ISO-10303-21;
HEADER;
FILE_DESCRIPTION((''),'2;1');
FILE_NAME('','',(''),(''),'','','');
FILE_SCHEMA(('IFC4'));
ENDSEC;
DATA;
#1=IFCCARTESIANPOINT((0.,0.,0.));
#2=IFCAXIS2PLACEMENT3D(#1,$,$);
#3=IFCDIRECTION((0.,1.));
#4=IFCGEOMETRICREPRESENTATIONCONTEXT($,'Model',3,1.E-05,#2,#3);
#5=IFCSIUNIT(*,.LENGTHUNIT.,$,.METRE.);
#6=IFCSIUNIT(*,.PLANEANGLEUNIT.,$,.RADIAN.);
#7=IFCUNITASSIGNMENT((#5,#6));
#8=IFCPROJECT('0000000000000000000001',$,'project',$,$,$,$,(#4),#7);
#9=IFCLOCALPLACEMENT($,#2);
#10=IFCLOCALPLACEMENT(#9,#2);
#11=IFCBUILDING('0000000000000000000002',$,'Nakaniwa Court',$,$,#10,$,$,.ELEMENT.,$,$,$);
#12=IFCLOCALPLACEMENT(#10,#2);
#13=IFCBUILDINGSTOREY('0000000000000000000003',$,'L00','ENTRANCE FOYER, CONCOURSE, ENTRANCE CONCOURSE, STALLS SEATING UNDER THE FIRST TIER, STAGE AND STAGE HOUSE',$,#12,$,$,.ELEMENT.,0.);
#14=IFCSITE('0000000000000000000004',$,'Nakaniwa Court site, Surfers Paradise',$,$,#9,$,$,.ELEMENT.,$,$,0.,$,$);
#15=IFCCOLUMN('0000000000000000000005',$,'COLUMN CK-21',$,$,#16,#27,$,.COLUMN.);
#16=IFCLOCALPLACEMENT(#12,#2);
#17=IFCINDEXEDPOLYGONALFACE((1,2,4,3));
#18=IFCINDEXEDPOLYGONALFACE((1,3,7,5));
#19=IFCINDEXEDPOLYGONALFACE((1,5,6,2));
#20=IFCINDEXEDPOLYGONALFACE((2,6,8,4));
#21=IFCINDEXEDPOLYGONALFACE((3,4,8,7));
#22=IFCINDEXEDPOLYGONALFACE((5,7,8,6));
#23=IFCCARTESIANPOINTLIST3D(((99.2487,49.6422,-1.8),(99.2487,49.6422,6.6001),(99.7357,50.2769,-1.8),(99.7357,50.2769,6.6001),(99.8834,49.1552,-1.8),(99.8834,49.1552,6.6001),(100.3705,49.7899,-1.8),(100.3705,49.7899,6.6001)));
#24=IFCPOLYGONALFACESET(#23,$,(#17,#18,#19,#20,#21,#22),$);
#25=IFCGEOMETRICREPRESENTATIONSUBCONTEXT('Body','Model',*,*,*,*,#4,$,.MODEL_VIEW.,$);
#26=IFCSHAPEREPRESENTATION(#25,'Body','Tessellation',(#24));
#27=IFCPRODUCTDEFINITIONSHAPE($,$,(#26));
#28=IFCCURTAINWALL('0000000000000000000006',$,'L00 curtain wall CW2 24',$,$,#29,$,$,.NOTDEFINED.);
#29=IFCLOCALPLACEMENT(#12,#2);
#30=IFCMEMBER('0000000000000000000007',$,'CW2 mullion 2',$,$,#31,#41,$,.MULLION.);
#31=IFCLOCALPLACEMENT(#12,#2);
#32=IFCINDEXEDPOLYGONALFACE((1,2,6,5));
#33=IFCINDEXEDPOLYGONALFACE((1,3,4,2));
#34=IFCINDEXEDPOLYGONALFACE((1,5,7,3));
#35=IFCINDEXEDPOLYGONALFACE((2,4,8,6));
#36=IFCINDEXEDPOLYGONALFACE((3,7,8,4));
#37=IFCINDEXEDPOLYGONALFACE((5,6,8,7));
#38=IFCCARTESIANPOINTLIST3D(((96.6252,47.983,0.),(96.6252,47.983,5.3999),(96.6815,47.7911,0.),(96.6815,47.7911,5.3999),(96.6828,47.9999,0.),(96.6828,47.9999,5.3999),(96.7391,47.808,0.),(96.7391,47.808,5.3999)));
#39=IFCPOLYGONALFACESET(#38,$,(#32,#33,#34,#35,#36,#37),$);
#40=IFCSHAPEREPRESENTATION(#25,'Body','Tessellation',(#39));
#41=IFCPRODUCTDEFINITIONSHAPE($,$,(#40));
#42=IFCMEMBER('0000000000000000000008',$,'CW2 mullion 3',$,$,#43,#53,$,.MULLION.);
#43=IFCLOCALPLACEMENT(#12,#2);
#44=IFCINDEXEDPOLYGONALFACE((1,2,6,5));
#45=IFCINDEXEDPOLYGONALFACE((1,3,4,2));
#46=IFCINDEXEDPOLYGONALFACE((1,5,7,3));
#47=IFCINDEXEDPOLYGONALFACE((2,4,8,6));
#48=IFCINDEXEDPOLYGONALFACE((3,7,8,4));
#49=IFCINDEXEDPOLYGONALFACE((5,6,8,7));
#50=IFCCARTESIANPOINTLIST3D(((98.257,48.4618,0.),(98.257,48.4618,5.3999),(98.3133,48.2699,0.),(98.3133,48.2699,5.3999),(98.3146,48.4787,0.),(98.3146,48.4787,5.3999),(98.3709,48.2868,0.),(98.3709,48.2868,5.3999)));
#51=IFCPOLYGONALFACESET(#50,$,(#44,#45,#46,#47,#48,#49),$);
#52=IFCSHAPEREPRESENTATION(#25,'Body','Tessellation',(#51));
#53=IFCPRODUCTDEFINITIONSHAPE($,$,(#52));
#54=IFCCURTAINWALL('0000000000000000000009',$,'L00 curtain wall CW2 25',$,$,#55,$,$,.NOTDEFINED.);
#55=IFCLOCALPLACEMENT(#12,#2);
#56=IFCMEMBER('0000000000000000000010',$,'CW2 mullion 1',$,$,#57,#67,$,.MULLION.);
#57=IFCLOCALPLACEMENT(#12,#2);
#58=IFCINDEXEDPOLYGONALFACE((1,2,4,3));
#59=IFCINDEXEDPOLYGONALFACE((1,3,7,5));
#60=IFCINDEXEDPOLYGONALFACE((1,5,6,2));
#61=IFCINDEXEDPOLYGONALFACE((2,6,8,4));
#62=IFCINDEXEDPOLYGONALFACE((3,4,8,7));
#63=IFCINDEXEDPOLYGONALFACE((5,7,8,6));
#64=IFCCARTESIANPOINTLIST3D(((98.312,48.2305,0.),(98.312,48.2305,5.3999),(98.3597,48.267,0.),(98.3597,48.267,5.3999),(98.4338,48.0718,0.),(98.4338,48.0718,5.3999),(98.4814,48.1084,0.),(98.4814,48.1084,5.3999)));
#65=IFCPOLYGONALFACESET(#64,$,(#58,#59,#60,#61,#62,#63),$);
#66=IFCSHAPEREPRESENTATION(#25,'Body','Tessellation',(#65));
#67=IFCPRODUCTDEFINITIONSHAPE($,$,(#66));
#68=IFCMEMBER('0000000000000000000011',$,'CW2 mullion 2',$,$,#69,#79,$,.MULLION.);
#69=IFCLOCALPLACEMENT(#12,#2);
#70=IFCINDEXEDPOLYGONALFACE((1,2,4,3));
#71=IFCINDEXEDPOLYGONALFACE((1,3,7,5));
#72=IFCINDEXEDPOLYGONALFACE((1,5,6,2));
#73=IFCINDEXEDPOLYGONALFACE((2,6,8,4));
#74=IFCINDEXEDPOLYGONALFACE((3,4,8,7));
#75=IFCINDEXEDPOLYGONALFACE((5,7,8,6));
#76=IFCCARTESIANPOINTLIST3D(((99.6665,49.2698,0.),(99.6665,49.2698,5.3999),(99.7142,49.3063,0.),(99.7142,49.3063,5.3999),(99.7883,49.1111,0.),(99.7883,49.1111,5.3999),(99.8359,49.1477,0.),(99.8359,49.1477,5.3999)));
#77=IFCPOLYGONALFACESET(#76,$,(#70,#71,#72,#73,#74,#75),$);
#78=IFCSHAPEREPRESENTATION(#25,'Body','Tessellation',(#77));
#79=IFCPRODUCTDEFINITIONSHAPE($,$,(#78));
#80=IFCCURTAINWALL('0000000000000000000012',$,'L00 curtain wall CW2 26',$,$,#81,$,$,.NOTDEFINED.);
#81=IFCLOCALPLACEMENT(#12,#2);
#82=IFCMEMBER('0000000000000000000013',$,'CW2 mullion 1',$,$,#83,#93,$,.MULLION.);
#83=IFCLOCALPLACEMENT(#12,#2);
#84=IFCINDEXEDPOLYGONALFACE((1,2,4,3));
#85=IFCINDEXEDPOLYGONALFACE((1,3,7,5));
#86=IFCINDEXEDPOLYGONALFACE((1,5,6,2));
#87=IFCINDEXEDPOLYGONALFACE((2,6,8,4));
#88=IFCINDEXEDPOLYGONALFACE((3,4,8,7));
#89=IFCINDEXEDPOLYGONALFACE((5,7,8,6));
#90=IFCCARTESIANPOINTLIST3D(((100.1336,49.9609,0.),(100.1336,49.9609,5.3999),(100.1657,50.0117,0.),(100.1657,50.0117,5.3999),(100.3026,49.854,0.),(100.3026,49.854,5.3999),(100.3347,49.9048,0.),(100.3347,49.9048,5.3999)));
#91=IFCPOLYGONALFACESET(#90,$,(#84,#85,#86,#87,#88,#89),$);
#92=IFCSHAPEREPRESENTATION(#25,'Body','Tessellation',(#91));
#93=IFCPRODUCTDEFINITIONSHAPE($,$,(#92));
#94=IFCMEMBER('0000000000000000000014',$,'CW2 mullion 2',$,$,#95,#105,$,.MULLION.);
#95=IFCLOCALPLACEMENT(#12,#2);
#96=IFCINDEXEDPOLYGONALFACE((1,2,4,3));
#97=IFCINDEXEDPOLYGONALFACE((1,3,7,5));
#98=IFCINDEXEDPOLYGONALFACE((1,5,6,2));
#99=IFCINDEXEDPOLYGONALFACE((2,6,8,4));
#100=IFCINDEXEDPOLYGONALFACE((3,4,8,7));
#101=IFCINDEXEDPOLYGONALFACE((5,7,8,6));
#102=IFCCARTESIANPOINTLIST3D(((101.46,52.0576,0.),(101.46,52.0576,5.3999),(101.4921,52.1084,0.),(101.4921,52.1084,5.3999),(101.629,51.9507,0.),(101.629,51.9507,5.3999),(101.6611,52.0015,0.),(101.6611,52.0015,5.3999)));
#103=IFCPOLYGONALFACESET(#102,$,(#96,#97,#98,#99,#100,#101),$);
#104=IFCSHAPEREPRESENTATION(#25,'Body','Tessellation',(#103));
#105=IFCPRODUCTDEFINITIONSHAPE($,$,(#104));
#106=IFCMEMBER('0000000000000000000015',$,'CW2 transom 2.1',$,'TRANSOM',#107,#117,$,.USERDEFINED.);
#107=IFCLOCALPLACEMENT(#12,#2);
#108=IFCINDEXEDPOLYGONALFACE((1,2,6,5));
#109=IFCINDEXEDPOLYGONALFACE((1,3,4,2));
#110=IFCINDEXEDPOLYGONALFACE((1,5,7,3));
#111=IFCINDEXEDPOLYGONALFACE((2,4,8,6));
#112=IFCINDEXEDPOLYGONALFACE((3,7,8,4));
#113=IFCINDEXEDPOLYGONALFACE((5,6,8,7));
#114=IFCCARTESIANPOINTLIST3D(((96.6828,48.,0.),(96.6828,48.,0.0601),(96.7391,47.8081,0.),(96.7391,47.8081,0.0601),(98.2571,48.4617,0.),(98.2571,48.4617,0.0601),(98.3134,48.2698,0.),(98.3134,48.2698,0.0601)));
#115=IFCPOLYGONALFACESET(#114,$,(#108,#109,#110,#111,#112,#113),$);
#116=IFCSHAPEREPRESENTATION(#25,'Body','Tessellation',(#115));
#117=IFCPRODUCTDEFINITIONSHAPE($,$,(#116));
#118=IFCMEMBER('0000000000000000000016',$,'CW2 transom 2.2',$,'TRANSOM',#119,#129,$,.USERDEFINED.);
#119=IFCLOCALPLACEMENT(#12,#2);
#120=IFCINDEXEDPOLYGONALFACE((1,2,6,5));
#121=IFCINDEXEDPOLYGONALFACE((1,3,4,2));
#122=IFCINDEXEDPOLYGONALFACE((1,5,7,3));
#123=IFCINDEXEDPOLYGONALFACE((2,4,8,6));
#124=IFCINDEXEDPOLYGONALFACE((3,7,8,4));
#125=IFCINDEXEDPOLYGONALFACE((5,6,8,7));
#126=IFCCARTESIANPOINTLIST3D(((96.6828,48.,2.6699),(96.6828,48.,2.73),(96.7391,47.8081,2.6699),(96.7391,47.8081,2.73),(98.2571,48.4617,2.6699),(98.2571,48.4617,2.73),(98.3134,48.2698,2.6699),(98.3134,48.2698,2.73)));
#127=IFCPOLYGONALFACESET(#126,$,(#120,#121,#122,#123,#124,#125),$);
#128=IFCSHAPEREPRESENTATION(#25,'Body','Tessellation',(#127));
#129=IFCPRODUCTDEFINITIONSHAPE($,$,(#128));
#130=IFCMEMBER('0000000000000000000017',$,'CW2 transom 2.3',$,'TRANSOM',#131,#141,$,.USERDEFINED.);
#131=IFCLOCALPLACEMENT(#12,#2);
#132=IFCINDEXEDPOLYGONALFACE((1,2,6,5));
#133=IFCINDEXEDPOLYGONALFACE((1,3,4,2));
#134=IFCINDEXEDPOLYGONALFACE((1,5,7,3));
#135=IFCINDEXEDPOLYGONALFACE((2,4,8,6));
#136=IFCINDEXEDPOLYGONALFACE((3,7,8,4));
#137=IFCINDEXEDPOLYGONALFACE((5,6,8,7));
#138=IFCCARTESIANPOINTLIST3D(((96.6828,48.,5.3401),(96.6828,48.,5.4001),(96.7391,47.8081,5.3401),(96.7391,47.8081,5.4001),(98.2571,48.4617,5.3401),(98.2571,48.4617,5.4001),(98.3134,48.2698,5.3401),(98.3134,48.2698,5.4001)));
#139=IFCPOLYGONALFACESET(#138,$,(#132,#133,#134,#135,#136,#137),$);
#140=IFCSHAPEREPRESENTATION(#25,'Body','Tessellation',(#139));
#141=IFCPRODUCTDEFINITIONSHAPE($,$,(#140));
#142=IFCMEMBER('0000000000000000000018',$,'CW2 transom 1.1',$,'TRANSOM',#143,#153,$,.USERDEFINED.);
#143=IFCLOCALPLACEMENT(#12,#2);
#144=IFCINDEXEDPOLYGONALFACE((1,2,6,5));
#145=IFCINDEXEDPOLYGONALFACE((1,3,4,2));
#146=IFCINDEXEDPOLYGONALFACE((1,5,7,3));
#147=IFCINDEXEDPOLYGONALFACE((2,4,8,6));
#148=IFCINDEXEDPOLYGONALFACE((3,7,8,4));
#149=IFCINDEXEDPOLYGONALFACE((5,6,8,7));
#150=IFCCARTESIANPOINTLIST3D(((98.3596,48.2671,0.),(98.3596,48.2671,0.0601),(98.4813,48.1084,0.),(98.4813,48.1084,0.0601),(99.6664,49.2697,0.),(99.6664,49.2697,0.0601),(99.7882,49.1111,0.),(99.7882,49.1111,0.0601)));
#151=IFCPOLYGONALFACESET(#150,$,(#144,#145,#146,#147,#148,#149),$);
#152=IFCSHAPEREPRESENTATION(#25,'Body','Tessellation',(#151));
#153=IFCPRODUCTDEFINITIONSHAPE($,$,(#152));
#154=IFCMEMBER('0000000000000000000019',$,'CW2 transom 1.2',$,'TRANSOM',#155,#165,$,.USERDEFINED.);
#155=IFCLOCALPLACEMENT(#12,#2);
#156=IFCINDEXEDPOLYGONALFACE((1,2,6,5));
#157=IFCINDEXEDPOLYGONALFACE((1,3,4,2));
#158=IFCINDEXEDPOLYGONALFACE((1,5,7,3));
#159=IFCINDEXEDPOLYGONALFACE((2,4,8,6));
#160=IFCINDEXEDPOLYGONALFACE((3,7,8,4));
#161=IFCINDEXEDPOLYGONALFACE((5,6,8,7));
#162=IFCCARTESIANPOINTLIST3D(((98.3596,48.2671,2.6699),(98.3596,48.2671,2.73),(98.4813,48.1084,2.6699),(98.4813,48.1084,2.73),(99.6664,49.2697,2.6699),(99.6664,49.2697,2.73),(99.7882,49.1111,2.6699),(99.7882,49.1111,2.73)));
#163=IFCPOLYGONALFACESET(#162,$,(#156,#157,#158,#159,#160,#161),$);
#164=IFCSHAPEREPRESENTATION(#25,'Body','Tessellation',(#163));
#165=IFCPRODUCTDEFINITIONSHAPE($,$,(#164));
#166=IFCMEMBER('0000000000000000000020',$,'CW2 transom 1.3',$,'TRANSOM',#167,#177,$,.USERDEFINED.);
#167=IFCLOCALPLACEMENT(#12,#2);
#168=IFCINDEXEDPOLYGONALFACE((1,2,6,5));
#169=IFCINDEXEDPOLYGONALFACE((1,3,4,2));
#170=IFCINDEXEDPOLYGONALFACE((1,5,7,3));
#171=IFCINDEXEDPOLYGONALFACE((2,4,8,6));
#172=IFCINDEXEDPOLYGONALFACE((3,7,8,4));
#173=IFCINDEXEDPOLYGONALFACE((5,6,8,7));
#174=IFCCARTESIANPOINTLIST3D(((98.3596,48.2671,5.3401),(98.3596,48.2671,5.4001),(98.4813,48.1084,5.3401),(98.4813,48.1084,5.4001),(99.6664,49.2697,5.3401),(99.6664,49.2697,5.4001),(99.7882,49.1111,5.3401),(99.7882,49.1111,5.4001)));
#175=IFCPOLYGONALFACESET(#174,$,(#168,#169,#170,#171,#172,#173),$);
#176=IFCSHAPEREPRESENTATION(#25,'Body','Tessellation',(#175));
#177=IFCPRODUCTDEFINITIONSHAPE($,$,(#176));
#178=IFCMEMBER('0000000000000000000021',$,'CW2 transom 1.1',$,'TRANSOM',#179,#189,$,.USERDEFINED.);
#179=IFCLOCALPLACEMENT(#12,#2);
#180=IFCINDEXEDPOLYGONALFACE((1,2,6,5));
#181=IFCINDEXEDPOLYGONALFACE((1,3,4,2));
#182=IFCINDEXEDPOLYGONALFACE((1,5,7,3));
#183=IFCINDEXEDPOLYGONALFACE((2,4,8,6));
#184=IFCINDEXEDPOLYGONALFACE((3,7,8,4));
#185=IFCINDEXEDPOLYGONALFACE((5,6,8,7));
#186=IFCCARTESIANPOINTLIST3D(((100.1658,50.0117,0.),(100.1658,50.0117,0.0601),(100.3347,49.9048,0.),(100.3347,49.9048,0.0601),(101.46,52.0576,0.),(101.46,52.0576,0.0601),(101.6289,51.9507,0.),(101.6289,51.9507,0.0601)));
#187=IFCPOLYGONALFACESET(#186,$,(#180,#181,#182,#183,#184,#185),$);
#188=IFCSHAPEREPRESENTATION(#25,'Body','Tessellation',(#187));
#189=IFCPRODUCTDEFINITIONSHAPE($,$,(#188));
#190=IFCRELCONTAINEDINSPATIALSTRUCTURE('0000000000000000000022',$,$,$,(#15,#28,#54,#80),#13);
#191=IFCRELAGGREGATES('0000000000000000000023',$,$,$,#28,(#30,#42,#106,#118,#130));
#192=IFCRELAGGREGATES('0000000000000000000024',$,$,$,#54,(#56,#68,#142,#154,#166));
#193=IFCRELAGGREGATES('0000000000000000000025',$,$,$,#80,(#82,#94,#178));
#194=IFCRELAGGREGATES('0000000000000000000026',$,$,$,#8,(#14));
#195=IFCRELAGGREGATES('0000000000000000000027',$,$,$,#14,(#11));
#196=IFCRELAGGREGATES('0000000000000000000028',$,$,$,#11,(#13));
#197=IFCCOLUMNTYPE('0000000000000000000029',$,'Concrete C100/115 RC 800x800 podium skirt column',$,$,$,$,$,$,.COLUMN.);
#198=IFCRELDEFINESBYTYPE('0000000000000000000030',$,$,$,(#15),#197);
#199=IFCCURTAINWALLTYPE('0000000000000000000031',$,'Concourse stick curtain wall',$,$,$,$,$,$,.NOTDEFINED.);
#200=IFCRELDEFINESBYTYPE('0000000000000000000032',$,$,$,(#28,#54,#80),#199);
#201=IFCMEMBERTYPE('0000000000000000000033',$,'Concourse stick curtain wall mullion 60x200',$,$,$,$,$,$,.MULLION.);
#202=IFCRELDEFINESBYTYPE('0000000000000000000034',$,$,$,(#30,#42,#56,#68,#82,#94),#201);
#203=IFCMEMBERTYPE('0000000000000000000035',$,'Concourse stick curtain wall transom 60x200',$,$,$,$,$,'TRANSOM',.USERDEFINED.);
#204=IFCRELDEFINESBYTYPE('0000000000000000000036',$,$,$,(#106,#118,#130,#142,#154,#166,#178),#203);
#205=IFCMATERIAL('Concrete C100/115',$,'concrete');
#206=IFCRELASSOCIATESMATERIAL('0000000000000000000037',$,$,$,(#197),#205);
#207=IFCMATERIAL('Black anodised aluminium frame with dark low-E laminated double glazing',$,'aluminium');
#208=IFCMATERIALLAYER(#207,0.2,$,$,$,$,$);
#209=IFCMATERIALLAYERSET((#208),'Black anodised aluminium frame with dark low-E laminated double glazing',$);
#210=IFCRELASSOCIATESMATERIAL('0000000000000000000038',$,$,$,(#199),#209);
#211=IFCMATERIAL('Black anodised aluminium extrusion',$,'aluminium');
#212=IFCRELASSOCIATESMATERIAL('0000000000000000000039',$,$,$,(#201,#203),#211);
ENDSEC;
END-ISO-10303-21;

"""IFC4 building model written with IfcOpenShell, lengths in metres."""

from ifc_helpers import new_model, si_unit, direction, frame, origin, origin_2d, place, context, subcontext, project, spatial, rectangle, extrude, material, layer, layer_set, material_profile, profile_set, type_object, element, aggregate, save


model = new_model("IFC4")

# Units and contexts
model_context = context("Model", 3, precision=1e-05, world=origin(), true_north=direction((0.0, 1.0)))
body_context = subcontext(model_context, "Body", "Model", "MODEL_VIEW")
ifc_project = project(units=[si_unit("LENGTHUNIT", "METRE"), si_unit("PLANEANGLEUNIT", "RADIAN")], contexts=[model_context])

# Site, building, storey
site_placement = place(None, origin())
site = spatial("IfcSite", under=ifc_project, at=site_placement, Name="Nakaniwa Court site, Surfers Paradise", CompositionType="ELEMENT", RefElevation=0.0)
building_placement = place(site_placement, origin())
building = spatial("IfcBuilding", under=site, at=building_placement, Name="Nakaniwa Court", CompositionType="ELEMENT")
storey_placement = place(building_placement, origin())
storey = spatial("IfcBuildingStorey", under=building, at=storey_placement, Name="L00", Description="ENTRANCE FOYER, CONCOURSE, ENTRANCE CONCOURSE, STALLS SEATING UNDER THE FIRST TIER, STAGE AND STAGE HOUSE", CompositionType="ELEMENT", Elevation=0.0)

# Column
ifc_material_1 = material(Name="Concrete C100/115", Category="concrete")
ifc_material_profile_1 = material_profile(ifc_material_1, rectangle(XDim=0.8, YDim=0.8, at=origin_2d()), Name="Concrete C100/115 RC 800x800 podium skirt column")
ifc_profile_set_1 = profile_set([ifc_material_profile_1], Name="Concrete C100/115")
column_type = type_object("IfcColumnType", Name="Concrete C100/115 RC 800x800 podium skirt column", PredefinedType="COLUMN", material=ifc_profile_set_1)
column_placement = place(storey_placement, frame((99.8096, 49.7161, -1.8), z_axis=(0.0, 0.0, 1.0), x_axis=(0.608761, 0.793353, 0.0)))
element("IfcColumn", 1, at=column_placement, inside=storey, type_object=column_type, Name="COLUMN CK-21", PredefinedType="COLUMN", context=body_context, shape_type="SweptSolid", body=[
    extrude(rectangle(XDim=0.8, YDim=0.8, at=origin_2d()), origin(), (0.0, 0.0, 1.0), 8.4001),
])

# Curtain walls, members
ifc_material_2 = material(Name="Black anodised aluminium frame with dark low-E laminated double glazing", Category="aluminium")
ifc_layer_1 = layer(ifc_material_2, 0.2)
ifc_layer_set_1 = layer_set([ifc_layer_1], Name="Black anodised aluminium frame with dark low-E laminated double glazing")
curtain_wall_type = type_object("IfcCurtainWallType", Name="Concourse stick curtain wall", PredefinedType="NOTDEFINED", material=ifc_layer_set_1)
curtain_wall_1_placement = place(storey_placement, origin())
curtain_wall_1 = element("IfcCurtainWall", 2, at=curtain_wall_1_placement, inside=storey, type_object=curtain_wall_type, Name="L00 curtain wall CW2 24", PredefinedType="NOTDEFINED")
ifc_material_3 = material(Name="Black anodised aluminium extrusion", Category="aluminium")
ifc_material_profile_2 = material_profile(ifc_material_3, rectangle(XDim=0.2, YDim=0.0601, at=origin_2d()), Name="Concourse stick curtain wall mullion 60x200")
ifc_profile_set_2 = profile_set([ifc_material_profile_2], Name="Black anodised aluminium extrusion")
member_type_1 = type_object("IfcMemberType", Name="Concourse stick curtain wall mullion 60x200", PredefinedType="MULLION", material=ifc_profile_set_2)
member_1_placement = place(storey_placement, frame((96.6821, 47.8955, 0.0), z_axis=(0.0, 0.0, 1.0), x_axis=(-0.281442, 0.959578, 0.0)))
member_1 = element("IfcMember", 3, at=member_1_placement, type_object=member_type_1, Name="CW2 mullion 2", PredefinedType="MULLION", context=body_context, shape_type="SweptSolid", body=[
    extrude(rectangle(XDim=0.2, YDim=0.0601, at=origin_2d()), origin(), (0.0, 0.0, 1.0), 5.3999),
])
member_2_placement = place(storey_placement, frame((98.314, 48.3743, 0.0), z_axis=(0.0, 0.0, 1.0), x_axis=(-0.281442, 0.959578, 0.0)))
member_2 = element("IfcMember", 4, at=member_2_placement, type_object=member_type_1, Name="CW2 mullion 3", PredefinedType="MULLION", context=body_context, shape_type="SweptSolid", body=[
    extrude(rectangle(XDim=0.2, YDim=0.0601, at=origin_2d()), origin(), (0.0, 0.0, 1.0), 5.3999),
])
curtain_wall_2_placement = place(storey_placement, origin())
curtain_wall_2 = element("IfcCurtainWall", 5, at=curtain_wall_2_placement, inside=storey, type_object=curtain_wall_type, Name="L00 curtain wall CW2 25", PredefinedType="NOTDEFINED")
member_3_placement = place(storey_placement, frame((98.3967, 48.1694, 0.0), z_axis=(0.0, 0.0, 1.0), x_axis=(-0.608772, 0.793345, 0.0)))
member_3 = element("IfcMember", 6, at=member_3_placement, type_object=member_type_1, Name="CW2 mullion 1", PredefinedType="MULLION", context=body_context, shape_type="SweptSolid", body=[
    extrude(rectangle(XDim=0.2, YDim=0.0601, at=origin_2d()), origin(), (0.0, 0.0, 1.0), 5.3999),
])
member_4_placement = place(storey_placement, frame((99.7512, 49.2087, 0.0), z_axis=(0.0, 0.0, 1.0), x_axis=(-0.608772, 0.793345, 0.0)))
member_4 = element("IfcMember", 7, at=member_4_placement, type_object=member_type_1, Name="CW2 mullion 2", PredefinedType="MULLION", context=body_context, shape_type="SweptSolid", body=[
    extrude(rectangle(XDim=0.2, YDim=0.0601, at=origin_2d()), origin(), (0.0, 0.0, 1.0), 5.3999),
])
curtain_wall_3_placement = place(storey_placement, origin())
curtain_wall_3 = element("IfcCurtainWall", 8, at=curtain_wall_3_placement, inside=storey, type_object=curtain_wall_type, Name="L00 curtain wall CW2 26", PredefinedType="NOTDEFINED")
member_5_placement = place(storey_placement, frame((100.2341, 49.9329, 0.0), z_axis=(0.0, 0.0, 1.0), x_axis=(-0.845107, 0.534597, 0.0)))
member_5 = element("IfcMember", 9, at=member_5_placement, type_object=member_type_1, Name="CW2 mullion 1", PredefinedType="MULLION", context=body_context, shape_type="SweptSolid", body=[
    extrude(rectangle(XDim=0.2, YDim=0.0601, at=origin_2d()), origin(), (0.0, 0.0, 1.0), 5.3999),
])
member_6_placement = place(storey_placement, frame((101.5605, 52.0295, 0.0), z_axis=(0.0, 0.0, 1.0), x_axis=(-0.845107, 0.534597, 0.0)))
member_6 = element("IfcMember", 10, at=member_6_placement, type_object=member_type_1, Name="CW2 mullion 2", PredefinedType="MULLION", context=body_context, shape_type="SweptSolid", body=[
    extrude(rectangle(XDim=0.2, YDim=0.0601, at=origin_2d()), origin(), (0.0, 0.0, 1.0), 5.3999),
])

# Members
ifc_material_profile_3 = material_profile(ifc_material_3, rectangle(XDim=0.2, YDim=0.0601, at=origin_2d()), Name="Concourse stick curtain wall transom 60x200")
ifc_profile_set_3 = profile_set([ifc_material_profile_3], Name="Black anodised aluminium extrusion")
member_type_2 = type_object("IfcMemberType", Name="Concourse stick curtain wall transom 60x200", ElementType="TRANSOM", PredefinedType="USERDEFINED", material=ifc_profile_set_3)
member_7_placement = place(storey_placement, frame((96.7109, 47.9041, 0.03), z_axis=(0.959586, 0.281417, 0.0), x_axis=(-0.281417, 0.959586, 0.0)))
member_7 = element("IfcMember", 11, at=member_7_placement, type_object=member_type_2, Name="CW2 transom 2.1", ObjectType="TRANSOM", PredefinedType="USERDEFINED", context=body_context, shape_type="SweptSolid", body=[
    extrude(rectangle(XDim=0.2, YDim=0.0601, at=origin_2d()), origin(), (0.0, 0.0, 1.0), 1.6406),
])
member_8_placement = place(storey_placement, frame((96.7109, 47.9041, 2.7), z_axis=(0.959586, 0.281417, 0.0), x_axis=(-0.281417, 0.959586, 0.0)))
member_8 = element("IfcMember", 12, at=member_8_placement, type_object=member_type_2, Name="CW2 transom 2.2", ObjectType="TRANSOM", PredefinedType="USERDEFINED", context=body_context, shape_type="SweptSolid", body=[
    extrude(rectangle(XDim=0.2, YDim=0.0601, at=origin_2d()), origin(), (0.0, 0.0, 1.0), 1.6406),
])
member_9_placement = place(storey_placement, frame((96.7109, 47.9041, 5.3701), z_axis=(0.959586, 0.281417, 0.0), x_axis=(-0.281417, 0.959586, 0.0)))
member_9 = element("IfcMember", 13, at=member_9_placement, type_object=member_type_2, Name="CW2 transom 2.3", ObjectType="TRANSOM", PredefinedType="USERDEFINED", context=body_context, shape_type="SweptSolid", body=[
    extrude(rectangle(XDim=0.2, YDim=0.0601, at=origin_2d()), origin(), (0.0, 0.0, 1.0), 1.6406),
])
member_10_placement = place(storey_placement, frame((98.4204, 48.1877, 0.03), z_axis=(0.793389, 0.608715, 0.0), x_axis=(-0.608715, 0.793389, 0.0)))
member_10 = element("IfcMember", 14, at=member_10_placement, type_object=member_type_2, Name="CW2 transom 1.1", ObjectType="TRANSOM", PredefinedType="USERDEFINED", context=body_context, shape_type="SweptSolid", body=[
    extrude(rectangle(XDim=0.2, YDim=0.0601, at=origin_2d()), origin(), (0.0, 0.0, 1.0), 1.6472),
])
member_11_placement = place(storey_placement, frame((98.4204, 48.1877, 2.7), z_axis=(0.793389, 0.608715, 0.0), x_axis=(-0.608715, 0.793389, 0.0)))
member_11 = element("IfcMember", 15, at=member_11_placement, type_object=member_type_2, Name="CW2 transom 1.2", ObjectType="TRANSOM", PredefinedType="USERDEFINED", context=body_context, shape_type="SweptSolid", body=[
    extrude(rectangle(XDim=0.2, YDim=0.0601, at=origin_2d()), origin(), (0.0, 0.0, 1.0), 1.6472),
])
member_12_placement = place(storey_placement, frame((98.4204, 48.1877, 5.3701), z_axis=(0.793389, 0.608715, 0.0), x_axis=(-0.608715, 0.793389, 0.0)))
member_12 = element("IfcMember", 16, at=member_12_placement, type_object=member_type_2, Name="CW2 transom 1.3", ObjectType="TRANSOM", PredefinedType="USERDEFINED", context=body_context, shape_type="SweptSolid", body=[
    extrude(rectangle(XDim=0.2, YDim=0.0601, at=origin_2d()), origin(), (0.0, 0.0, 1.0), 1.6472),
])
member_13_placement = place(storey_placement, frame((100.2502, 49.9583, 0.03), z_axis=(0.534596, 0.845108, 0.0), x_axis=(-0.845108, 0.534596, 0.0)))
member_13 = element("IfcMember", 17, at=member_13_placement, type_object=member_type_2, Name="CW2 transom 1.1", ObjectType="TRANSOM", PredefinedType="USERDEFINED", context=body_context, shape_type="SweptSolid", body=[
    extrude(rectangle(XDim=0.2, YDim=0.0601, at=origin_2d()), origin(), (0.0, 0.0, 1.0), 2.4209),
])

aggregate(curtain_wall_1, [member_1, member_2, member_7, member_8, member_9])
aggregate(curtain_wall_2, [member_3, member_4, member_10, member_11, member_12])
aggregate(curtain_wall_3, [member_5, member_6, member_13])

save(model, "model.ifc")
